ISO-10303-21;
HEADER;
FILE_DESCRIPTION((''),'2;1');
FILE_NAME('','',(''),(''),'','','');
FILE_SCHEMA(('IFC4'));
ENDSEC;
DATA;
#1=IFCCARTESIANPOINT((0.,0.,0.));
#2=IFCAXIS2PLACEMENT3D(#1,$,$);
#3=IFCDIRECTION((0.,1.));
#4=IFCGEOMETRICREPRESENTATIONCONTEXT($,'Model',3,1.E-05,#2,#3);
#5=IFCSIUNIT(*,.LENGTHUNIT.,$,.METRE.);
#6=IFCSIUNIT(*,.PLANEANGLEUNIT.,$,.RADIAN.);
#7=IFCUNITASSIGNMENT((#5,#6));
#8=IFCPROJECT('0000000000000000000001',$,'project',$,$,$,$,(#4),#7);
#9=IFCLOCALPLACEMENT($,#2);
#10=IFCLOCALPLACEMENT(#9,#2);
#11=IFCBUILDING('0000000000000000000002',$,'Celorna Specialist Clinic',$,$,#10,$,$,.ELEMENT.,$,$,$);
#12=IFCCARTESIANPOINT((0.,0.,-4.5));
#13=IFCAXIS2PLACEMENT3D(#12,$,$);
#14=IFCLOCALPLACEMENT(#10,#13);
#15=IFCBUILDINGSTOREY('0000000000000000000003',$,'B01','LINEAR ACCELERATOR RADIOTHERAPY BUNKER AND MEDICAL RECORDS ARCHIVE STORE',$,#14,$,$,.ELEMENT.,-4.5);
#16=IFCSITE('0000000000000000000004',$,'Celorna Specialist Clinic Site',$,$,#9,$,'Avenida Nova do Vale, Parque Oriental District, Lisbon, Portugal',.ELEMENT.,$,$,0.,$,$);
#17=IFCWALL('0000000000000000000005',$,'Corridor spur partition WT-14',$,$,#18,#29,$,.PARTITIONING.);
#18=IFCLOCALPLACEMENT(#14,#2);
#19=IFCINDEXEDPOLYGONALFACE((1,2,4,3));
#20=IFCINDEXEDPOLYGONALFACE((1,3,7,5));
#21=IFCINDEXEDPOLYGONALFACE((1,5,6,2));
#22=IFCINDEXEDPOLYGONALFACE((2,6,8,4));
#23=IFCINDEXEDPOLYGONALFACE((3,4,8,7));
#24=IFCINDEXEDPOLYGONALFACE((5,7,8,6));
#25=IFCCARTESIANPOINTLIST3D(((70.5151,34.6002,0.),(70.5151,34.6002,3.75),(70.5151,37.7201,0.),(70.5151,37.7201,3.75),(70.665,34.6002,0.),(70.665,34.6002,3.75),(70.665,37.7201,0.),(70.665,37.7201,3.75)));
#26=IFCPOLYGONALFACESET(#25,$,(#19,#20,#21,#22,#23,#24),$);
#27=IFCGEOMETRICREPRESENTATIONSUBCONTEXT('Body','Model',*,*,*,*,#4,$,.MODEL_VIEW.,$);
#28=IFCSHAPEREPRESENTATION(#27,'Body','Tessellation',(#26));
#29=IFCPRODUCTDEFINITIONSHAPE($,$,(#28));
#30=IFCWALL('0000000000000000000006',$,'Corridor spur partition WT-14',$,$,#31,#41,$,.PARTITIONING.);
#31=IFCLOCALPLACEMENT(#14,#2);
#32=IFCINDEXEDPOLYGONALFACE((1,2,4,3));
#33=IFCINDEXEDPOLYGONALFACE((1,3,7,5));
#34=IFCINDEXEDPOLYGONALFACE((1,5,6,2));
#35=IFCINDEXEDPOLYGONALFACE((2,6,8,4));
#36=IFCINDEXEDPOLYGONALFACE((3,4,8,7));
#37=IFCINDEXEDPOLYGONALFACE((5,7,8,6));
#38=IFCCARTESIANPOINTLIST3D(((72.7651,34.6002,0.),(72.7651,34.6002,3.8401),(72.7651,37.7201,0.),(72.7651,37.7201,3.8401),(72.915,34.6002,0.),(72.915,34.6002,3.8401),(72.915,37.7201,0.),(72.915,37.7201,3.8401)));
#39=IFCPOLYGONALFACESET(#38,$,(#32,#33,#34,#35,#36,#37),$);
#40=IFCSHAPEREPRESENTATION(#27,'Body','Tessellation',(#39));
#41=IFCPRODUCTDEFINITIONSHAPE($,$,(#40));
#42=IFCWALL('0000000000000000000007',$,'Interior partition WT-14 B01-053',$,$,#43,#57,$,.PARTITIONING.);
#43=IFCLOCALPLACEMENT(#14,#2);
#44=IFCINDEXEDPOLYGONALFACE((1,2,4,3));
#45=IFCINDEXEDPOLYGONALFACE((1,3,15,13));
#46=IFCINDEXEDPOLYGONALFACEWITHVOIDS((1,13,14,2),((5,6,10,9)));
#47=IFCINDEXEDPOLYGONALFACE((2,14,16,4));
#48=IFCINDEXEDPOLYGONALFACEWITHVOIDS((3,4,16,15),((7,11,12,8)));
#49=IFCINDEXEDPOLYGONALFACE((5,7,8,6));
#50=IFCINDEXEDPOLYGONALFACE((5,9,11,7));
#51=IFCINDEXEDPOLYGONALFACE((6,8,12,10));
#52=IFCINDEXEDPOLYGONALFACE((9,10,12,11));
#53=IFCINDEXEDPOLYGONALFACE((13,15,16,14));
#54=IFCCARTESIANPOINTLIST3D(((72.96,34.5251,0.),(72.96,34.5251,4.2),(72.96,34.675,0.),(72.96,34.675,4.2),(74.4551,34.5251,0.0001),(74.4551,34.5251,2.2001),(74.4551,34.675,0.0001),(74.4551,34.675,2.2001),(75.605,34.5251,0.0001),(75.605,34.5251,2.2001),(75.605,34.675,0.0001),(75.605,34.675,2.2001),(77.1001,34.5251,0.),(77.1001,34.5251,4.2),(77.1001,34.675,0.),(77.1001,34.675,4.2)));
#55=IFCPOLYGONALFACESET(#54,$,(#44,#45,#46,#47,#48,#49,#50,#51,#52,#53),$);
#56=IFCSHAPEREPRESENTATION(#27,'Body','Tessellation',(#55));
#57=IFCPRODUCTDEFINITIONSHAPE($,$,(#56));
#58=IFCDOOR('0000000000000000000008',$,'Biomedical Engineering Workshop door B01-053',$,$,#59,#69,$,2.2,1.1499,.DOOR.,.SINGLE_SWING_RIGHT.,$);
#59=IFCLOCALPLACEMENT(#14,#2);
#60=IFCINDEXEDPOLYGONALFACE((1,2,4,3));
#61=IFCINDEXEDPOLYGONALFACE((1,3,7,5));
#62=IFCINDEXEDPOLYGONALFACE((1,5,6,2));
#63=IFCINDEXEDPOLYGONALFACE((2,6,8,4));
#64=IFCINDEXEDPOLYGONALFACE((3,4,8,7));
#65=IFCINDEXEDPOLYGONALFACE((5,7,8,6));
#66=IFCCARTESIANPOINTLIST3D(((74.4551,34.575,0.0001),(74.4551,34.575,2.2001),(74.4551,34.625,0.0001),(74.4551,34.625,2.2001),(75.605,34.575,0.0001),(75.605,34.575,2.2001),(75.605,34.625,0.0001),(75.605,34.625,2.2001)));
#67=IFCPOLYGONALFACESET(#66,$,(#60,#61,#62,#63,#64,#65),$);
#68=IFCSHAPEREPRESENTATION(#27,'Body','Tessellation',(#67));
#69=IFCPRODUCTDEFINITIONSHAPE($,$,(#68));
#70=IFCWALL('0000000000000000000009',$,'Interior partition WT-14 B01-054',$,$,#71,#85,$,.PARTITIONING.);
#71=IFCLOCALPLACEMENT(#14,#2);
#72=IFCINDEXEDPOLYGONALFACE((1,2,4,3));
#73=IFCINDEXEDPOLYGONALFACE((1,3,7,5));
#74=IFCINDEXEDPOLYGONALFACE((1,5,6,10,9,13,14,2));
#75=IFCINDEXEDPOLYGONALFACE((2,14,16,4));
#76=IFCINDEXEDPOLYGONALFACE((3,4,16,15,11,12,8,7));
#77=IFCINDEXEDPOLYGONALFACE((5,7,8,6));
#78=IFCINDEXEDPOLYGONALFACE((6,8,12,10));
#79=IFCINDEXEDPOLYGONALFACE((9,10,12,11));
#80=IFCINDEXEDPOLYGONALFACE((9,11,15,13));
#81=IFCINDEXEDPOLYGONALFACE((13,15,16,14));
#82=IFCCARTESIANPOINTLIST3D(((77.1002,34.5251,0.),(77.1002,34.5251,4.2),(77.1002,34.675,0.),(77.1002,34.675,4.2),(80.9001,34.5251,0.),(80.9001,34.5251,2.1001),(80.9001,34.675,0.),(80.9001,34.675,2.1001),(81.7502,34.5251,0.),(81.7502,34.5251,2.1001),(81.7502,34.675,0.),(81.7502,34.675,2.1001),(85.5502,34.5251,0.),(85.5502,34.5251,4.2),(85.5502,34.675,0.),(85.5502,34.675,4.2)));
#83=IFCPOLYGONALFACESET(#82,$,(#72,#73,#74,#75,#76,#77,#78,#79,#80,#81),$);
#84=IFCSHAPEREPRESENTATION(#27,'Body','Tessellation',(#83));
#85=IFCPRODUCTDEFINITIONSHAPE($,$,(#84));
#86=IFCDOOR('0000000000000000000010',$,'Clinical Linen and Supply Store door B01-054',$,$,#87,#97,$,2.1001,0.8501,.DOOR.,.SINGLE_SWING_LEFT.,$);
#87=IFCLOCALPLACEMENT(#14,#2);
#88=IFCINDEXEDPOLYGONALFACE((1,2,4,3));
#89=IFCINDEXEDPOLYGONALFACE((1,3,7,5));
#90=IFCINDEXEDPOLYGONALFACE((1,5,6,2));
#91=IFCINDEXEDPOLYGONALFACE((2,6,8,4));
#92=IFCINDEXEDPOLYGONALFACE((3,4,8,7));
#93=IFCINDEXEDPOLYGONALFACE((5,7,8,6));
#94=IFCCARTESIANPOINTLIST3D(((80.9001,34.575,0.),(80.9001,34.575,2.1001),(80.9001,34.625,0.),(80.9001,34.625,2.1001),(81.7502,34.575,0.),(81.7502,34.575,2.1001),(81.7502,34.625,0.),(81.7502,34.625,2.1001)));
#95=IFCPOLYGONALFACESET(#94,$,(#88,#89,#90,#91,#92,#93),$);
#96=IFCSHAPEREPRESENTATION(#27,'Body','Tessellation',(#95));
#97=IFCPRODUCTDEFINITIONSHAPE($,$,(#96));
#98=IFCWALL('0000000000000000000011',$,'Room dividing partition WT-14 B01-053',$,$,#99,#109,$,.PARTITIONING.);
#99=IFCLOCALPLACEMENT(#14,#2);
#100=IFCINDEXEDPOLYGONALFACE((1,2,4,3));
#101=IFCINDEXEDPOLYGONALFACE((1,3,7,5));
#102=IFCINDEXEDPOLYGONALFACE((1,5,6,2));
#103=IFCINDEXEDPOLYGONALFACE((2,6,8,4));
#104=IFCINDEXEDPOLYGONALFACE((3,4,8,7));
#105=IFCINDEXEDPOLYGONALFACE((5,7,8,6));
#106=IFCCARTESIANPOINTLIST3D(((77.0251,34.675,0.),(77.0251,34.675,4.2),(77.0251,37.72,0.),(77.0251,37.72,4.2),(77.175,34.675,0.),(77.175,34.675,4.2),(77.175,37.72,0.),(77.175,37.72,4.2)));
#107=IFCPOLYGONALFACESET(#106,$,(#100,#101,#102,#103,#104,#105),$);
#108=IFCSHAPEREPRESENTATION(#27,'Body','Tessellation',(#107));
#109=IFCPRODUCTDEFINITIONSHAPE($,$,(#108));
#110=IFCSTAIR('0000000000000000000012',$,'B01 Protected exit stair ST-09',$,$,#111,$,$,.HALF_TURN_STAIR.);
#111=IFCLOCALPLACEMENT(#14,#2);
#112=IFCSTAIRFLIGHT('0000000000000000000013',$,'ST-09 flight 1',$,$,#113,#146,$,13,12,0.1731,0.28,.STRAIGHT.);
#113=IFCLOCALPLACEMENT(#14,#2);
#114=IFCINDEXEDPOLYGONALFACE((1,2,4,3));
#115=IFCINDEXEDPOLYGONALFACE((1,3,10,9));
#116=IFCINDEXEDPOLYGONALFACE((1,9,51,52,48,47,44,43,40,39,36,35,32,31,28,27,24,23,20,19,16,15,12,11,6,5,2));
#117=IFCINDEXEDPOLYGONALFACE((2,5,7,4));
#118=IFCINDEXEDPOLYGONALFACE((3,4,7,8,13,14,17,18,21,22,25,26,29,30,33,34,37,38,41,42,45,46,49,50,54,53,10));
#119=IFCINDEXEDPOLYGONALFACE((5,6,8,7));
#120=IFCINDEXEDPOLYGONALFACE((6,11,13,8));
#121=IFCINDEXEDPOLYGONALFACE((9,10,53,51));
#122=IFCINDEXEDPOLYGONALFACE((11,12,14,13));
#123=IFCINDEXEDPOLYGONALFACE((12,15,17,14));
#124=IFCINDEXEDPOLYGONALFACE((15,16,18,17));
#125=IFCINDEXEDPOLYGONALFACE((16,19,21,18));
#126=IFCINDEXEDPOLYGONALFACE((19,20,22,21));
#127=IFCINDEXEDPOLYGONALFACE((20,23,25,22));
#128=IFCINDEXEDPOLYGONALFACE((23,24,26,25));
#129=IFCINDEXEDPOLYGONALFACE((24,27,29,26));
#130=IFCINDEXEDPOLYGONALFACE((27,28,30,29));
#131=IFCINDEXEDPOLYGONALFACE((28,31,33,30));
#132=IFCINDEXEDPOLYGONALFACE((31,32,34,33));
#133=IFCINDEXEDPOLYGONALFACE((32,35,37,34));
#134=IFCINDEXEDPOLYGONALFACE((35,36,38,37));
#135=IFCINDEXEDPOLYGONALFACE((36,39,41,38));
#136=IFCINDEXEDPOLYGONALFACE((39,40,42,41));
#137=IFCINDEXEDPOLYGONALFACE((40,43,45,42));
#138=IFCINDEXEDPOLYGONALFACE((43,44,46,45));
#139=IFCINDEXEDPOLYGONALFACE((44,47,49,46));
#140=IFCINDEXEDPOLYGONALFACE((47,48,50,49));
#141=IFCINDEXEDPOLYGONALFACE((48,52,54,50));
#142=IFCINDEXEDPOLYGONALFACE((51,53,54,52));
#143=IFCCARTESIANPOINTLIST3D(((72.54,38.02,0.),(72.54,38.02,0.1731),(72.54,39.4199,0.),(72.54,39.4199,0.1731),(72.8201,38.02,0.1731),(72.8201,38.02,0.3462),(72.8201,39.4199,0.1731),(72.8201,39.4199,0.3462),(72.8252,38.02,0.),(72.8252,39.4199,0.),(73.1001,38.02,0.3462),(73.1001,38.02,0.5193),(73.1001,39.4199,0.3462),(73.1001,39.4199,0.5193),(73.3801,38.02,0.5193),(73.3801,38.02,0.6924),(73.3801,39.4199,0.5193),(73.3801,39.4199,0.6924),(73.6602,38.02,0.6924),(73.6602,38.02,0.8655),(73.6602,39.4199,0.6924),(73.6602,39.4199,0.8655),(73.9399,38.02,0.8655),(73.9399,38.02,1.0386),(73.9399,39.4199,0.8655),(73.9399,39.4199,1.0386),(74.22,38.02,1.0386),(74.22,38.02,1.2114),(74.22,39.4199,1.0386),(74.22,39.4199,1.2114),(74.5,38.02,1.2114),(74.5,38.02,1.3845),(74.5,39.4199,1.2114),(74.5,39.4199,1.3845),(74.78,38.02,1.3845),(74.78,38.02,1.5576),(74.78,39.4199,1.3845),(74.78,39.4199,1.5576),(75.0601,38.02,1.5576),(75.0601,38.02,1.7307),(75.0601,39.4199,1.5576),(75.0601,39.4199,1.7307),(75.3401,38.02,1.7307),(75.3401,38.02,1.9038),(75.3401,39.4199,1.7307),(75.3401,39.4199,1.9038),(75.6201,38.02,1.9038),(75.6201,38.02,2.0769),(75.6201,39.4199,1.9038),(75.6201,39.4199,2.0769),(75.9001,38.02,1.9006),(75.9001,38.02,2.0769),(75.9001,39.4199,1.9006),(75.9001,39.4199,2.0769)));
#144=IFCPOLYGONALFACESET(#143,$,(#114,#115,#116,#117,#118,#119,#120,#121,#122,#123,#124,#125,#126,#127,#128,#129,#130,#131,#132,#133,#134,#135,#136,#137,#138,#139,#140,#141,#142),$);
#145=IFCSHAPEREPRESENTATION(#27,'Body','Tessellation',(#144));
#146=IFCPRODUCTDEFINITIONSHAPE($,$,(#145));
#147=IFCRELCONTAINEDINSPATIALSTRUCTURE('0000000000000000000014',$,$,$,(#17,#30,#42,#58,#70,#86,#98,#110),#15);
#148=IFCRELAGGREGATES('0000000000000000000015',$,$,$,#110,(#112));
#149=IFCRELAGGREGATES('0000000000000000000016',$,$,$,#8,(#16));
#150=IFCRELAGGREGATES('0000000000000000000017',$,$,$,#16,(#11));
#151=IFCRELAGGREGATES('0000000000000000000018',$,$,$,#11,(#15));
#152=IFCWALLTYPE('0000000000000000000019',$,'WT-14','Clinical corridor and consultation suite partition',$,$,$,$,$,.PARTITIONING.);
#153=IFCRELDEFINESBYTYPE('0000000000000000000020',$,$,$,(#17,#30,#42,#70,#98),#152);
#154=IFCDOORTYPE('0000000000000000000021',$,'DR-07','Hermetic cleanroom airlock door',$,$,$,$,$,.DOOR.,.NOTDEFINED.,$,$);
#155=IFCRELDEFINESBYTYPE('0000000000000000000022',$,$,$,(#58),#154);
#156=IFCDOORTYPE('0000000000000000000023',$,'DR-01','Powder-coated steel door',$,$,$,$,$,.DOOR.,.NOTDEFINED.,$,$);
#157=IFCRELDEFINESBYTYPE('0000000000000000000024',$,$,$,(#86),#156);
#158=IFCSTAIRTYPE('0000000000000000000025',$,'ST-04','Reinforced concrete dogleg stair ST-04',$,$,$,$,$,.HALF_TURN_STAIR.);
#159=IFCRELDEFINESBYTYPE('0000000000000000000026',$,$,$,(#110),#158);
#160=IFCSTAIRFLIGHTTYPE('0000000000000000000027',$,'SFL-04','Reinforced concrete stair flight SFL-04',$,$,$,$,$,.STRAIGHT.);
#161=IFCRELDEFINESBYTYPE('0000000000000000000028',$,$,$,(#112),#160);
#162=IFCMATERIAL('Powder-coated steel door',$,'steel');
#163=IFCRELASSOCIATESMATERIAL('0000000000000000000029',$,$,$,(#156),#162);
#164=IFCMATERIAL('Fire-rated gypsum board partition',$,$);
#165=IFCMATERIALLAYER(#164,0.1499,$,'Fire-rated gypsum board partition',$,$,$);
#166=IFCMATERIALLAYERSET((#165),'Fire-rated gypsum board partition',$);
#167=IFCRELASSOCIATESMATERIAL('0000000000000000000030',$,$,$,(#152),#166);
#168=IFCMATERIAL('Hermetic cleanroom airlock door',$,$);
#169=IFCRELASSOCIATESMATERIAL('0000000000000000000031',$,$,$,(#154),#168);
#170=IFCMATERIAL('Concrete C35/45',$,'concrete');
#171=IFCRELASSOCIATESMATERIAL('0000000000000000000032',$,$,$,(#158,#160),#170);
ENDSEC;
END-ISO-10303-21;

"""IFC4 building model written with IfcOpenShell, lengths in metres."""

from ifc_helpers import new_model, si_unit, direction, frame, frame_2d, origin, place, context, subcontext, project, spatial, polyline, rectangle, outline, extrude, material, layer, layer_set, type_object, element, fill, aggregate, save


model = new_model("IFC4")

# Units and contexts
model_context = context("Model", 3, precision=1e-05, world=origin(), true_north=direction((0.0, 1.0)))
body_context = subcontext(model_context, "Body", "Model", "MODEL_VIEW")
ifc_project = project(units=[si_unit("LENGTHUNIT", "METRE"), si_unit("PLANEANGLEUNIT", "RADIAN")], contexts=[model_context])

# Site, building, storey
site_placement = place(None, origin())
site = spatial("IfcSite", under=ifc_project, at=site_placement, Name="Celorna Specialist Clinic Site", LongName="Avenida Nova do Vale, Parque Oriental District, Lisbon, Portugal", CompositionType="ELEMENT", RefElevation=0.0)
building_placement = place(site_placement, origin())
building = spatial("IfcBuilding", under=site, at=building_placement, Name="Celorna Specialist Clinic", CompositionType="ELEMENT")
storey_placement = place(building_placement, frame((0.0, 0.0, -4.5)))
storey = spatial("IfcBuildingStorey", under=building, at=storey_placement, Name="B01", Description="LINEAR ACCELERATOR RADIOTHERAPY BUNKER AND MEDICAL RECORDS ARCHIVE STORE", CompositionType="ELEMENT", Elevation=-4.5)

# Shared definitions
ifc_material_1 = material(Name="Concrete C35/45", Category="concrete")

# Shared definitions
ifc_material_2 = material(Name="Powder-coated steel door", Category="steel")
door_type_1 = type_object("IfcDoorType", Name="DR-01", Description="Powder-coated steel door", OperationType="NOTDEFINED", PredefinedType="DOOR", material=ifc_material_2)

# Walls
ifc_material_3 = material(Name="Fire-rated gypsum board partition")
ifc_layer_1 = layer(ifc_material_3, 0.1499, Name="Fire-rated gypsum board partition")
ifc_layer_set_1 = layer_set([ifc_layer_1], Name="Fire-rated gypsum board partition")
wall_type_1 = type_object("IfcWallType", Name="WT-14", Description="Clinical corridor and consultation suite partition", PredefinedType="PARTITIONING", material=ifc_layer_set_1)
wall_1_placement = place(storey_placement, frame((70.5901, 34.6001, 0.0), z_axis=(0.0, 0.0, 1.0), x_axis=(0.0, 1.0, 0.0)))
element("IfcWall", 1, at=wall_1_placement, inside=storey, type_object=wall_type_1, Name="Corridor spur partition WT-14", PredefinedType="PARTITIONING", context=body_context, shape_type="SweptSolid", body=[
    extrude(rectangle(XDim=3.1199, YDim=0.1499, at=frame_2d((1.5601, 0.0))), origin(), (0.0, 0.0, 1.0), 3.75),
])
wall_2_placement = place(storey_placement, frame((72.8401, 34.6001, 0.0), z_axis=(0.0, 0.0, 1.0), x_axis=(0.0, 1.0, 0.0)))
element("IfcWall", 2, at=wall_2_placement, inside=storey, type_object=wall_type_1, Name="Corridor spur partition WT-14", PredefinedType="PARTITIONING", context=body_context, shape_type="SweptSolid", body=[
    extrude(rectangle(XDim=3.1199, YDim=0.1499, at=frame_2d((1.5601, 0.0))), origin(), (0.0, 0.0, 1.0), 3.8401),
])

# Walls, openings, doors
wall_3_placement = place(storey_placement, frame((72.96, 34.6001, 0.0), z_axis=(0.0, 0.0, 1.0), x_axis=(1.0, 0.0, 0.0)))
wall_3 = element("IfcWall", 3, at=wall_3_placement, inside=storey, type_object=wall_type_1, Name="Interior partition WT-14 B01-053", PredefinedType="PARTITIONING", context=body_context, shape_type="SweptSolid", body=[
    extrude(rectangle(XDim=4.1401, YDim=0.1499, at=frame_2d((2.0701, 0.0))), origin(), (0.0, 0.0, 1.0), 4.2),
])
opening_1_placement = place(wall_3_placement, frame((1.4951, 0.0, 0.0)))
opening_1 = element("IfcOpeningElement", 4, at=opening_1_placement, cuts=wall_3, PredefinedType="OPENING", context=body_context, shape_type="SweptSolid", body=[
    extrude(rectangle(XDim=1.1499, YDim=2.2, at=frame_2d((0.575, 1.1001))), frame((0.0, 0.085, 0.0), z_axis=(0.0, -1.0, 0.0), x_axis=(1.0, 0.0, 0.0)), (0.0, 0.0, 1.0), 0.1699),
])
ifc_material_4 = material(Name="Hermetic cleanroom airlock door")
door_type_2 = type_object("IfcDoorType", Name="DR-07", Description="Hermetic cleanroom airlock door", OperationType="NOTDEFINED", PredefinedType="DOOR", material=ifc_material_4)
door_1_placement = place(opening_1_placement, origin())
door_1 = element("IfcDoor", 5, at=door_1_placement, inside=storey, type_object=door_type_2, Name="Biomedical Engineering Workshop door B01-053", OperationType="SINGLE_SWING_RIGHT", OverallHeight=2.2, OverallWidth=1.1499, PredefinedType="DOOR", context=body_context, shape_type="SweptSolid", body=[
    extrude(rectangle(XDim=1.1499, YDim=2.2, at=frame_2d((0.575, 1.1001))), frame((0.0, 0.0249, 0.0), z_axis=(0.0, -1.0, 0.0), x_axis=(1.0, 0.0, 0.0)), (0.0, 0.0, 1.0), 0.05),
])
fill(opening_1, door_1)
wall_4_placement = place(storey_placement, frame((77.1001, 34.6001, 0.0), z_axis=(0.0, 0.0, 1.0), x_axis=(1.0, 0.0, 0.0)))
wall_4 = element("IfcWall", 6, at=wall_4_placement, inside=storey, type_object=wall_type_1, Name="Interior partition WT-14 B01-054", PredefinedType="PARTITIONING", context=body_context, shape_type="SweptSolid", body=[
    extrude(rectangle(XDim=8.45, YDim=0.1499, at=frame_2d((4.2251, 0.0))), origin(), (0.0, 0.0, 1.0), 4.2),
])
opening_2_placement = place(wall_4_placement, frame((3.8, 0.0, 0.0)))
opening_2 = element("IfcOpeningElement", 7, at=opening_2_placement, cuts=wall_4, PredefinedType="OPENING", context=body_context, shape_type="SweptSolid", body=[
    extrude(rectangle(XDim=0.8501, YDim=2.1001, at=frame_2d((0.425, 1.05))), frame((0.0, 0.085, 0.0), z_axis=(0.0, -1.0, 0.0), x_axis=(1.0, 0.0, 0.0)), (0.0, 0.0, 1.0), 0.1699),
])
door_2_placement = place(opening_2_placement, origin())
door_2 = element("IfcDoor", 8, at=door_2_placement, inside=storey, type_object=door_type_1, Name="Clinical Linen and Supply Store door B01-054", OperationType="SINGLE_SWING_LEFT", OverallHeight=2.1001, OverallWidth=0.8501, PredefinedType="DOOR", context=body_context, shape_type="SweptSolid", body=[
    extrude(rectangle(XDim=0.8501, YDim=2.1001, at=frame_2d((0.425, 1.05))), frame((0.0, 0.0249, 0.0), z_axis=(0.0, -1.0, 0.0), x_axis=(1.0, 0.0, 0.0)), (0.0, 0.0, 1.0), 0.05),
])
fill(opening_2, door_2)

# Wall
wall_5_placement = place(storey_placement, frame((77.1001, 34.675, 0.0), z_axis=(0.0, 0.0, 1.0), x_axis=(0.0, 1.0, 0.0)))
element("IfcWall", 9, at=wall_5_placement, inside=storey, type_object=wall_type_1, Name="Room dividing partition WT-14 B01-053", PredefinedType="PARTITIONING", context=body_context, shape_type="SweptSolid", body=[
    extrude(rectangle(XDim=3.0449, YDim=0.1499, at=frame_2d((1.5225, 0.0))), origin(), (0.0, 0.0, 1.0), 4.2),
])

# Stair, stair flight
stair_type = type_object("IfcStairType", Name="ST-04", Description="Reinforced concrete dogleg stair ST-04", PredefinedType="HALF_TURN_STAIR", material=ifc_material_1)
stair_placement = place(storey_placement, origin())
stair = element("IfcStair", 10, at=stair_placement, inside=storey, type_object=stair_type, Name="B01 Protected exit stair ST-09", PredefinedType="HALF_TURN_STAIR")
stair_flight_type = type_object("IfcStairFlightType", Name="SFL-04", Description="Reinforced concrete stair flight SFL-04", PredefinedType="STRAIGHT", material=ifc_material_1)
stair_flight_placement = place(storey_placement, frame((72.54, 38.72, 0.0), z_axis=(0.0, 0.0, 1.0), x_axis=(1.0, 0.0, 0.0)))
stair_flight = element("IfcStairFlight", 11, at=stair_flight_placement, type_object=stair_flight_type, Name="ST-09 flight 1", NumberOfRisers=13, NumberOfTreads=12, PredefinedType="STRAIGHT", RiserHeight=0.1731, TreadLength=0.28, context=body_context, shape_type="SweptSolid", body=[
    extrude(outline(polyline([(0.0, 0.0), (0.0, 0.1731), (0.28, 0.1731), (0.28, 0.3462), (0.5601, 0.3462), (0.5601, 0.5193), (0.8401, 0.5193), (0.8401, 0.6924), (1.1201, 0.6924), (1.1201, 0.8655), (1.3999, 0.8655), (1.3999, 1.0386), (1.6799, 1.0386), (1.6799, 1.2114), (1.96, 1.2114), (1.96, 1.3845), (2.24, 1.3845), (2.24, 1.5576), (2.52, 1.5576), (2.52, 1.7307), (2.8, 1.7307), (2.8, 1.9038), (3.0801, 1.9038), (3.0801, 2.0769), (3.3601, 2.0769), (3.3601, 2.25), (3.3601, 1.9006), (0.2852, 0.0), (0.0, 0.0)])), frame((0.0, 0.7, 0.0), z_axis=(0.0, -1.0, 0.0), x_axis=(1.0, 0.0, 0.0)), (0.0, 0.0, 1.0), 1.3999),
])
aggregate(stair, [stair_flight])

save(model, "model.ifc")
